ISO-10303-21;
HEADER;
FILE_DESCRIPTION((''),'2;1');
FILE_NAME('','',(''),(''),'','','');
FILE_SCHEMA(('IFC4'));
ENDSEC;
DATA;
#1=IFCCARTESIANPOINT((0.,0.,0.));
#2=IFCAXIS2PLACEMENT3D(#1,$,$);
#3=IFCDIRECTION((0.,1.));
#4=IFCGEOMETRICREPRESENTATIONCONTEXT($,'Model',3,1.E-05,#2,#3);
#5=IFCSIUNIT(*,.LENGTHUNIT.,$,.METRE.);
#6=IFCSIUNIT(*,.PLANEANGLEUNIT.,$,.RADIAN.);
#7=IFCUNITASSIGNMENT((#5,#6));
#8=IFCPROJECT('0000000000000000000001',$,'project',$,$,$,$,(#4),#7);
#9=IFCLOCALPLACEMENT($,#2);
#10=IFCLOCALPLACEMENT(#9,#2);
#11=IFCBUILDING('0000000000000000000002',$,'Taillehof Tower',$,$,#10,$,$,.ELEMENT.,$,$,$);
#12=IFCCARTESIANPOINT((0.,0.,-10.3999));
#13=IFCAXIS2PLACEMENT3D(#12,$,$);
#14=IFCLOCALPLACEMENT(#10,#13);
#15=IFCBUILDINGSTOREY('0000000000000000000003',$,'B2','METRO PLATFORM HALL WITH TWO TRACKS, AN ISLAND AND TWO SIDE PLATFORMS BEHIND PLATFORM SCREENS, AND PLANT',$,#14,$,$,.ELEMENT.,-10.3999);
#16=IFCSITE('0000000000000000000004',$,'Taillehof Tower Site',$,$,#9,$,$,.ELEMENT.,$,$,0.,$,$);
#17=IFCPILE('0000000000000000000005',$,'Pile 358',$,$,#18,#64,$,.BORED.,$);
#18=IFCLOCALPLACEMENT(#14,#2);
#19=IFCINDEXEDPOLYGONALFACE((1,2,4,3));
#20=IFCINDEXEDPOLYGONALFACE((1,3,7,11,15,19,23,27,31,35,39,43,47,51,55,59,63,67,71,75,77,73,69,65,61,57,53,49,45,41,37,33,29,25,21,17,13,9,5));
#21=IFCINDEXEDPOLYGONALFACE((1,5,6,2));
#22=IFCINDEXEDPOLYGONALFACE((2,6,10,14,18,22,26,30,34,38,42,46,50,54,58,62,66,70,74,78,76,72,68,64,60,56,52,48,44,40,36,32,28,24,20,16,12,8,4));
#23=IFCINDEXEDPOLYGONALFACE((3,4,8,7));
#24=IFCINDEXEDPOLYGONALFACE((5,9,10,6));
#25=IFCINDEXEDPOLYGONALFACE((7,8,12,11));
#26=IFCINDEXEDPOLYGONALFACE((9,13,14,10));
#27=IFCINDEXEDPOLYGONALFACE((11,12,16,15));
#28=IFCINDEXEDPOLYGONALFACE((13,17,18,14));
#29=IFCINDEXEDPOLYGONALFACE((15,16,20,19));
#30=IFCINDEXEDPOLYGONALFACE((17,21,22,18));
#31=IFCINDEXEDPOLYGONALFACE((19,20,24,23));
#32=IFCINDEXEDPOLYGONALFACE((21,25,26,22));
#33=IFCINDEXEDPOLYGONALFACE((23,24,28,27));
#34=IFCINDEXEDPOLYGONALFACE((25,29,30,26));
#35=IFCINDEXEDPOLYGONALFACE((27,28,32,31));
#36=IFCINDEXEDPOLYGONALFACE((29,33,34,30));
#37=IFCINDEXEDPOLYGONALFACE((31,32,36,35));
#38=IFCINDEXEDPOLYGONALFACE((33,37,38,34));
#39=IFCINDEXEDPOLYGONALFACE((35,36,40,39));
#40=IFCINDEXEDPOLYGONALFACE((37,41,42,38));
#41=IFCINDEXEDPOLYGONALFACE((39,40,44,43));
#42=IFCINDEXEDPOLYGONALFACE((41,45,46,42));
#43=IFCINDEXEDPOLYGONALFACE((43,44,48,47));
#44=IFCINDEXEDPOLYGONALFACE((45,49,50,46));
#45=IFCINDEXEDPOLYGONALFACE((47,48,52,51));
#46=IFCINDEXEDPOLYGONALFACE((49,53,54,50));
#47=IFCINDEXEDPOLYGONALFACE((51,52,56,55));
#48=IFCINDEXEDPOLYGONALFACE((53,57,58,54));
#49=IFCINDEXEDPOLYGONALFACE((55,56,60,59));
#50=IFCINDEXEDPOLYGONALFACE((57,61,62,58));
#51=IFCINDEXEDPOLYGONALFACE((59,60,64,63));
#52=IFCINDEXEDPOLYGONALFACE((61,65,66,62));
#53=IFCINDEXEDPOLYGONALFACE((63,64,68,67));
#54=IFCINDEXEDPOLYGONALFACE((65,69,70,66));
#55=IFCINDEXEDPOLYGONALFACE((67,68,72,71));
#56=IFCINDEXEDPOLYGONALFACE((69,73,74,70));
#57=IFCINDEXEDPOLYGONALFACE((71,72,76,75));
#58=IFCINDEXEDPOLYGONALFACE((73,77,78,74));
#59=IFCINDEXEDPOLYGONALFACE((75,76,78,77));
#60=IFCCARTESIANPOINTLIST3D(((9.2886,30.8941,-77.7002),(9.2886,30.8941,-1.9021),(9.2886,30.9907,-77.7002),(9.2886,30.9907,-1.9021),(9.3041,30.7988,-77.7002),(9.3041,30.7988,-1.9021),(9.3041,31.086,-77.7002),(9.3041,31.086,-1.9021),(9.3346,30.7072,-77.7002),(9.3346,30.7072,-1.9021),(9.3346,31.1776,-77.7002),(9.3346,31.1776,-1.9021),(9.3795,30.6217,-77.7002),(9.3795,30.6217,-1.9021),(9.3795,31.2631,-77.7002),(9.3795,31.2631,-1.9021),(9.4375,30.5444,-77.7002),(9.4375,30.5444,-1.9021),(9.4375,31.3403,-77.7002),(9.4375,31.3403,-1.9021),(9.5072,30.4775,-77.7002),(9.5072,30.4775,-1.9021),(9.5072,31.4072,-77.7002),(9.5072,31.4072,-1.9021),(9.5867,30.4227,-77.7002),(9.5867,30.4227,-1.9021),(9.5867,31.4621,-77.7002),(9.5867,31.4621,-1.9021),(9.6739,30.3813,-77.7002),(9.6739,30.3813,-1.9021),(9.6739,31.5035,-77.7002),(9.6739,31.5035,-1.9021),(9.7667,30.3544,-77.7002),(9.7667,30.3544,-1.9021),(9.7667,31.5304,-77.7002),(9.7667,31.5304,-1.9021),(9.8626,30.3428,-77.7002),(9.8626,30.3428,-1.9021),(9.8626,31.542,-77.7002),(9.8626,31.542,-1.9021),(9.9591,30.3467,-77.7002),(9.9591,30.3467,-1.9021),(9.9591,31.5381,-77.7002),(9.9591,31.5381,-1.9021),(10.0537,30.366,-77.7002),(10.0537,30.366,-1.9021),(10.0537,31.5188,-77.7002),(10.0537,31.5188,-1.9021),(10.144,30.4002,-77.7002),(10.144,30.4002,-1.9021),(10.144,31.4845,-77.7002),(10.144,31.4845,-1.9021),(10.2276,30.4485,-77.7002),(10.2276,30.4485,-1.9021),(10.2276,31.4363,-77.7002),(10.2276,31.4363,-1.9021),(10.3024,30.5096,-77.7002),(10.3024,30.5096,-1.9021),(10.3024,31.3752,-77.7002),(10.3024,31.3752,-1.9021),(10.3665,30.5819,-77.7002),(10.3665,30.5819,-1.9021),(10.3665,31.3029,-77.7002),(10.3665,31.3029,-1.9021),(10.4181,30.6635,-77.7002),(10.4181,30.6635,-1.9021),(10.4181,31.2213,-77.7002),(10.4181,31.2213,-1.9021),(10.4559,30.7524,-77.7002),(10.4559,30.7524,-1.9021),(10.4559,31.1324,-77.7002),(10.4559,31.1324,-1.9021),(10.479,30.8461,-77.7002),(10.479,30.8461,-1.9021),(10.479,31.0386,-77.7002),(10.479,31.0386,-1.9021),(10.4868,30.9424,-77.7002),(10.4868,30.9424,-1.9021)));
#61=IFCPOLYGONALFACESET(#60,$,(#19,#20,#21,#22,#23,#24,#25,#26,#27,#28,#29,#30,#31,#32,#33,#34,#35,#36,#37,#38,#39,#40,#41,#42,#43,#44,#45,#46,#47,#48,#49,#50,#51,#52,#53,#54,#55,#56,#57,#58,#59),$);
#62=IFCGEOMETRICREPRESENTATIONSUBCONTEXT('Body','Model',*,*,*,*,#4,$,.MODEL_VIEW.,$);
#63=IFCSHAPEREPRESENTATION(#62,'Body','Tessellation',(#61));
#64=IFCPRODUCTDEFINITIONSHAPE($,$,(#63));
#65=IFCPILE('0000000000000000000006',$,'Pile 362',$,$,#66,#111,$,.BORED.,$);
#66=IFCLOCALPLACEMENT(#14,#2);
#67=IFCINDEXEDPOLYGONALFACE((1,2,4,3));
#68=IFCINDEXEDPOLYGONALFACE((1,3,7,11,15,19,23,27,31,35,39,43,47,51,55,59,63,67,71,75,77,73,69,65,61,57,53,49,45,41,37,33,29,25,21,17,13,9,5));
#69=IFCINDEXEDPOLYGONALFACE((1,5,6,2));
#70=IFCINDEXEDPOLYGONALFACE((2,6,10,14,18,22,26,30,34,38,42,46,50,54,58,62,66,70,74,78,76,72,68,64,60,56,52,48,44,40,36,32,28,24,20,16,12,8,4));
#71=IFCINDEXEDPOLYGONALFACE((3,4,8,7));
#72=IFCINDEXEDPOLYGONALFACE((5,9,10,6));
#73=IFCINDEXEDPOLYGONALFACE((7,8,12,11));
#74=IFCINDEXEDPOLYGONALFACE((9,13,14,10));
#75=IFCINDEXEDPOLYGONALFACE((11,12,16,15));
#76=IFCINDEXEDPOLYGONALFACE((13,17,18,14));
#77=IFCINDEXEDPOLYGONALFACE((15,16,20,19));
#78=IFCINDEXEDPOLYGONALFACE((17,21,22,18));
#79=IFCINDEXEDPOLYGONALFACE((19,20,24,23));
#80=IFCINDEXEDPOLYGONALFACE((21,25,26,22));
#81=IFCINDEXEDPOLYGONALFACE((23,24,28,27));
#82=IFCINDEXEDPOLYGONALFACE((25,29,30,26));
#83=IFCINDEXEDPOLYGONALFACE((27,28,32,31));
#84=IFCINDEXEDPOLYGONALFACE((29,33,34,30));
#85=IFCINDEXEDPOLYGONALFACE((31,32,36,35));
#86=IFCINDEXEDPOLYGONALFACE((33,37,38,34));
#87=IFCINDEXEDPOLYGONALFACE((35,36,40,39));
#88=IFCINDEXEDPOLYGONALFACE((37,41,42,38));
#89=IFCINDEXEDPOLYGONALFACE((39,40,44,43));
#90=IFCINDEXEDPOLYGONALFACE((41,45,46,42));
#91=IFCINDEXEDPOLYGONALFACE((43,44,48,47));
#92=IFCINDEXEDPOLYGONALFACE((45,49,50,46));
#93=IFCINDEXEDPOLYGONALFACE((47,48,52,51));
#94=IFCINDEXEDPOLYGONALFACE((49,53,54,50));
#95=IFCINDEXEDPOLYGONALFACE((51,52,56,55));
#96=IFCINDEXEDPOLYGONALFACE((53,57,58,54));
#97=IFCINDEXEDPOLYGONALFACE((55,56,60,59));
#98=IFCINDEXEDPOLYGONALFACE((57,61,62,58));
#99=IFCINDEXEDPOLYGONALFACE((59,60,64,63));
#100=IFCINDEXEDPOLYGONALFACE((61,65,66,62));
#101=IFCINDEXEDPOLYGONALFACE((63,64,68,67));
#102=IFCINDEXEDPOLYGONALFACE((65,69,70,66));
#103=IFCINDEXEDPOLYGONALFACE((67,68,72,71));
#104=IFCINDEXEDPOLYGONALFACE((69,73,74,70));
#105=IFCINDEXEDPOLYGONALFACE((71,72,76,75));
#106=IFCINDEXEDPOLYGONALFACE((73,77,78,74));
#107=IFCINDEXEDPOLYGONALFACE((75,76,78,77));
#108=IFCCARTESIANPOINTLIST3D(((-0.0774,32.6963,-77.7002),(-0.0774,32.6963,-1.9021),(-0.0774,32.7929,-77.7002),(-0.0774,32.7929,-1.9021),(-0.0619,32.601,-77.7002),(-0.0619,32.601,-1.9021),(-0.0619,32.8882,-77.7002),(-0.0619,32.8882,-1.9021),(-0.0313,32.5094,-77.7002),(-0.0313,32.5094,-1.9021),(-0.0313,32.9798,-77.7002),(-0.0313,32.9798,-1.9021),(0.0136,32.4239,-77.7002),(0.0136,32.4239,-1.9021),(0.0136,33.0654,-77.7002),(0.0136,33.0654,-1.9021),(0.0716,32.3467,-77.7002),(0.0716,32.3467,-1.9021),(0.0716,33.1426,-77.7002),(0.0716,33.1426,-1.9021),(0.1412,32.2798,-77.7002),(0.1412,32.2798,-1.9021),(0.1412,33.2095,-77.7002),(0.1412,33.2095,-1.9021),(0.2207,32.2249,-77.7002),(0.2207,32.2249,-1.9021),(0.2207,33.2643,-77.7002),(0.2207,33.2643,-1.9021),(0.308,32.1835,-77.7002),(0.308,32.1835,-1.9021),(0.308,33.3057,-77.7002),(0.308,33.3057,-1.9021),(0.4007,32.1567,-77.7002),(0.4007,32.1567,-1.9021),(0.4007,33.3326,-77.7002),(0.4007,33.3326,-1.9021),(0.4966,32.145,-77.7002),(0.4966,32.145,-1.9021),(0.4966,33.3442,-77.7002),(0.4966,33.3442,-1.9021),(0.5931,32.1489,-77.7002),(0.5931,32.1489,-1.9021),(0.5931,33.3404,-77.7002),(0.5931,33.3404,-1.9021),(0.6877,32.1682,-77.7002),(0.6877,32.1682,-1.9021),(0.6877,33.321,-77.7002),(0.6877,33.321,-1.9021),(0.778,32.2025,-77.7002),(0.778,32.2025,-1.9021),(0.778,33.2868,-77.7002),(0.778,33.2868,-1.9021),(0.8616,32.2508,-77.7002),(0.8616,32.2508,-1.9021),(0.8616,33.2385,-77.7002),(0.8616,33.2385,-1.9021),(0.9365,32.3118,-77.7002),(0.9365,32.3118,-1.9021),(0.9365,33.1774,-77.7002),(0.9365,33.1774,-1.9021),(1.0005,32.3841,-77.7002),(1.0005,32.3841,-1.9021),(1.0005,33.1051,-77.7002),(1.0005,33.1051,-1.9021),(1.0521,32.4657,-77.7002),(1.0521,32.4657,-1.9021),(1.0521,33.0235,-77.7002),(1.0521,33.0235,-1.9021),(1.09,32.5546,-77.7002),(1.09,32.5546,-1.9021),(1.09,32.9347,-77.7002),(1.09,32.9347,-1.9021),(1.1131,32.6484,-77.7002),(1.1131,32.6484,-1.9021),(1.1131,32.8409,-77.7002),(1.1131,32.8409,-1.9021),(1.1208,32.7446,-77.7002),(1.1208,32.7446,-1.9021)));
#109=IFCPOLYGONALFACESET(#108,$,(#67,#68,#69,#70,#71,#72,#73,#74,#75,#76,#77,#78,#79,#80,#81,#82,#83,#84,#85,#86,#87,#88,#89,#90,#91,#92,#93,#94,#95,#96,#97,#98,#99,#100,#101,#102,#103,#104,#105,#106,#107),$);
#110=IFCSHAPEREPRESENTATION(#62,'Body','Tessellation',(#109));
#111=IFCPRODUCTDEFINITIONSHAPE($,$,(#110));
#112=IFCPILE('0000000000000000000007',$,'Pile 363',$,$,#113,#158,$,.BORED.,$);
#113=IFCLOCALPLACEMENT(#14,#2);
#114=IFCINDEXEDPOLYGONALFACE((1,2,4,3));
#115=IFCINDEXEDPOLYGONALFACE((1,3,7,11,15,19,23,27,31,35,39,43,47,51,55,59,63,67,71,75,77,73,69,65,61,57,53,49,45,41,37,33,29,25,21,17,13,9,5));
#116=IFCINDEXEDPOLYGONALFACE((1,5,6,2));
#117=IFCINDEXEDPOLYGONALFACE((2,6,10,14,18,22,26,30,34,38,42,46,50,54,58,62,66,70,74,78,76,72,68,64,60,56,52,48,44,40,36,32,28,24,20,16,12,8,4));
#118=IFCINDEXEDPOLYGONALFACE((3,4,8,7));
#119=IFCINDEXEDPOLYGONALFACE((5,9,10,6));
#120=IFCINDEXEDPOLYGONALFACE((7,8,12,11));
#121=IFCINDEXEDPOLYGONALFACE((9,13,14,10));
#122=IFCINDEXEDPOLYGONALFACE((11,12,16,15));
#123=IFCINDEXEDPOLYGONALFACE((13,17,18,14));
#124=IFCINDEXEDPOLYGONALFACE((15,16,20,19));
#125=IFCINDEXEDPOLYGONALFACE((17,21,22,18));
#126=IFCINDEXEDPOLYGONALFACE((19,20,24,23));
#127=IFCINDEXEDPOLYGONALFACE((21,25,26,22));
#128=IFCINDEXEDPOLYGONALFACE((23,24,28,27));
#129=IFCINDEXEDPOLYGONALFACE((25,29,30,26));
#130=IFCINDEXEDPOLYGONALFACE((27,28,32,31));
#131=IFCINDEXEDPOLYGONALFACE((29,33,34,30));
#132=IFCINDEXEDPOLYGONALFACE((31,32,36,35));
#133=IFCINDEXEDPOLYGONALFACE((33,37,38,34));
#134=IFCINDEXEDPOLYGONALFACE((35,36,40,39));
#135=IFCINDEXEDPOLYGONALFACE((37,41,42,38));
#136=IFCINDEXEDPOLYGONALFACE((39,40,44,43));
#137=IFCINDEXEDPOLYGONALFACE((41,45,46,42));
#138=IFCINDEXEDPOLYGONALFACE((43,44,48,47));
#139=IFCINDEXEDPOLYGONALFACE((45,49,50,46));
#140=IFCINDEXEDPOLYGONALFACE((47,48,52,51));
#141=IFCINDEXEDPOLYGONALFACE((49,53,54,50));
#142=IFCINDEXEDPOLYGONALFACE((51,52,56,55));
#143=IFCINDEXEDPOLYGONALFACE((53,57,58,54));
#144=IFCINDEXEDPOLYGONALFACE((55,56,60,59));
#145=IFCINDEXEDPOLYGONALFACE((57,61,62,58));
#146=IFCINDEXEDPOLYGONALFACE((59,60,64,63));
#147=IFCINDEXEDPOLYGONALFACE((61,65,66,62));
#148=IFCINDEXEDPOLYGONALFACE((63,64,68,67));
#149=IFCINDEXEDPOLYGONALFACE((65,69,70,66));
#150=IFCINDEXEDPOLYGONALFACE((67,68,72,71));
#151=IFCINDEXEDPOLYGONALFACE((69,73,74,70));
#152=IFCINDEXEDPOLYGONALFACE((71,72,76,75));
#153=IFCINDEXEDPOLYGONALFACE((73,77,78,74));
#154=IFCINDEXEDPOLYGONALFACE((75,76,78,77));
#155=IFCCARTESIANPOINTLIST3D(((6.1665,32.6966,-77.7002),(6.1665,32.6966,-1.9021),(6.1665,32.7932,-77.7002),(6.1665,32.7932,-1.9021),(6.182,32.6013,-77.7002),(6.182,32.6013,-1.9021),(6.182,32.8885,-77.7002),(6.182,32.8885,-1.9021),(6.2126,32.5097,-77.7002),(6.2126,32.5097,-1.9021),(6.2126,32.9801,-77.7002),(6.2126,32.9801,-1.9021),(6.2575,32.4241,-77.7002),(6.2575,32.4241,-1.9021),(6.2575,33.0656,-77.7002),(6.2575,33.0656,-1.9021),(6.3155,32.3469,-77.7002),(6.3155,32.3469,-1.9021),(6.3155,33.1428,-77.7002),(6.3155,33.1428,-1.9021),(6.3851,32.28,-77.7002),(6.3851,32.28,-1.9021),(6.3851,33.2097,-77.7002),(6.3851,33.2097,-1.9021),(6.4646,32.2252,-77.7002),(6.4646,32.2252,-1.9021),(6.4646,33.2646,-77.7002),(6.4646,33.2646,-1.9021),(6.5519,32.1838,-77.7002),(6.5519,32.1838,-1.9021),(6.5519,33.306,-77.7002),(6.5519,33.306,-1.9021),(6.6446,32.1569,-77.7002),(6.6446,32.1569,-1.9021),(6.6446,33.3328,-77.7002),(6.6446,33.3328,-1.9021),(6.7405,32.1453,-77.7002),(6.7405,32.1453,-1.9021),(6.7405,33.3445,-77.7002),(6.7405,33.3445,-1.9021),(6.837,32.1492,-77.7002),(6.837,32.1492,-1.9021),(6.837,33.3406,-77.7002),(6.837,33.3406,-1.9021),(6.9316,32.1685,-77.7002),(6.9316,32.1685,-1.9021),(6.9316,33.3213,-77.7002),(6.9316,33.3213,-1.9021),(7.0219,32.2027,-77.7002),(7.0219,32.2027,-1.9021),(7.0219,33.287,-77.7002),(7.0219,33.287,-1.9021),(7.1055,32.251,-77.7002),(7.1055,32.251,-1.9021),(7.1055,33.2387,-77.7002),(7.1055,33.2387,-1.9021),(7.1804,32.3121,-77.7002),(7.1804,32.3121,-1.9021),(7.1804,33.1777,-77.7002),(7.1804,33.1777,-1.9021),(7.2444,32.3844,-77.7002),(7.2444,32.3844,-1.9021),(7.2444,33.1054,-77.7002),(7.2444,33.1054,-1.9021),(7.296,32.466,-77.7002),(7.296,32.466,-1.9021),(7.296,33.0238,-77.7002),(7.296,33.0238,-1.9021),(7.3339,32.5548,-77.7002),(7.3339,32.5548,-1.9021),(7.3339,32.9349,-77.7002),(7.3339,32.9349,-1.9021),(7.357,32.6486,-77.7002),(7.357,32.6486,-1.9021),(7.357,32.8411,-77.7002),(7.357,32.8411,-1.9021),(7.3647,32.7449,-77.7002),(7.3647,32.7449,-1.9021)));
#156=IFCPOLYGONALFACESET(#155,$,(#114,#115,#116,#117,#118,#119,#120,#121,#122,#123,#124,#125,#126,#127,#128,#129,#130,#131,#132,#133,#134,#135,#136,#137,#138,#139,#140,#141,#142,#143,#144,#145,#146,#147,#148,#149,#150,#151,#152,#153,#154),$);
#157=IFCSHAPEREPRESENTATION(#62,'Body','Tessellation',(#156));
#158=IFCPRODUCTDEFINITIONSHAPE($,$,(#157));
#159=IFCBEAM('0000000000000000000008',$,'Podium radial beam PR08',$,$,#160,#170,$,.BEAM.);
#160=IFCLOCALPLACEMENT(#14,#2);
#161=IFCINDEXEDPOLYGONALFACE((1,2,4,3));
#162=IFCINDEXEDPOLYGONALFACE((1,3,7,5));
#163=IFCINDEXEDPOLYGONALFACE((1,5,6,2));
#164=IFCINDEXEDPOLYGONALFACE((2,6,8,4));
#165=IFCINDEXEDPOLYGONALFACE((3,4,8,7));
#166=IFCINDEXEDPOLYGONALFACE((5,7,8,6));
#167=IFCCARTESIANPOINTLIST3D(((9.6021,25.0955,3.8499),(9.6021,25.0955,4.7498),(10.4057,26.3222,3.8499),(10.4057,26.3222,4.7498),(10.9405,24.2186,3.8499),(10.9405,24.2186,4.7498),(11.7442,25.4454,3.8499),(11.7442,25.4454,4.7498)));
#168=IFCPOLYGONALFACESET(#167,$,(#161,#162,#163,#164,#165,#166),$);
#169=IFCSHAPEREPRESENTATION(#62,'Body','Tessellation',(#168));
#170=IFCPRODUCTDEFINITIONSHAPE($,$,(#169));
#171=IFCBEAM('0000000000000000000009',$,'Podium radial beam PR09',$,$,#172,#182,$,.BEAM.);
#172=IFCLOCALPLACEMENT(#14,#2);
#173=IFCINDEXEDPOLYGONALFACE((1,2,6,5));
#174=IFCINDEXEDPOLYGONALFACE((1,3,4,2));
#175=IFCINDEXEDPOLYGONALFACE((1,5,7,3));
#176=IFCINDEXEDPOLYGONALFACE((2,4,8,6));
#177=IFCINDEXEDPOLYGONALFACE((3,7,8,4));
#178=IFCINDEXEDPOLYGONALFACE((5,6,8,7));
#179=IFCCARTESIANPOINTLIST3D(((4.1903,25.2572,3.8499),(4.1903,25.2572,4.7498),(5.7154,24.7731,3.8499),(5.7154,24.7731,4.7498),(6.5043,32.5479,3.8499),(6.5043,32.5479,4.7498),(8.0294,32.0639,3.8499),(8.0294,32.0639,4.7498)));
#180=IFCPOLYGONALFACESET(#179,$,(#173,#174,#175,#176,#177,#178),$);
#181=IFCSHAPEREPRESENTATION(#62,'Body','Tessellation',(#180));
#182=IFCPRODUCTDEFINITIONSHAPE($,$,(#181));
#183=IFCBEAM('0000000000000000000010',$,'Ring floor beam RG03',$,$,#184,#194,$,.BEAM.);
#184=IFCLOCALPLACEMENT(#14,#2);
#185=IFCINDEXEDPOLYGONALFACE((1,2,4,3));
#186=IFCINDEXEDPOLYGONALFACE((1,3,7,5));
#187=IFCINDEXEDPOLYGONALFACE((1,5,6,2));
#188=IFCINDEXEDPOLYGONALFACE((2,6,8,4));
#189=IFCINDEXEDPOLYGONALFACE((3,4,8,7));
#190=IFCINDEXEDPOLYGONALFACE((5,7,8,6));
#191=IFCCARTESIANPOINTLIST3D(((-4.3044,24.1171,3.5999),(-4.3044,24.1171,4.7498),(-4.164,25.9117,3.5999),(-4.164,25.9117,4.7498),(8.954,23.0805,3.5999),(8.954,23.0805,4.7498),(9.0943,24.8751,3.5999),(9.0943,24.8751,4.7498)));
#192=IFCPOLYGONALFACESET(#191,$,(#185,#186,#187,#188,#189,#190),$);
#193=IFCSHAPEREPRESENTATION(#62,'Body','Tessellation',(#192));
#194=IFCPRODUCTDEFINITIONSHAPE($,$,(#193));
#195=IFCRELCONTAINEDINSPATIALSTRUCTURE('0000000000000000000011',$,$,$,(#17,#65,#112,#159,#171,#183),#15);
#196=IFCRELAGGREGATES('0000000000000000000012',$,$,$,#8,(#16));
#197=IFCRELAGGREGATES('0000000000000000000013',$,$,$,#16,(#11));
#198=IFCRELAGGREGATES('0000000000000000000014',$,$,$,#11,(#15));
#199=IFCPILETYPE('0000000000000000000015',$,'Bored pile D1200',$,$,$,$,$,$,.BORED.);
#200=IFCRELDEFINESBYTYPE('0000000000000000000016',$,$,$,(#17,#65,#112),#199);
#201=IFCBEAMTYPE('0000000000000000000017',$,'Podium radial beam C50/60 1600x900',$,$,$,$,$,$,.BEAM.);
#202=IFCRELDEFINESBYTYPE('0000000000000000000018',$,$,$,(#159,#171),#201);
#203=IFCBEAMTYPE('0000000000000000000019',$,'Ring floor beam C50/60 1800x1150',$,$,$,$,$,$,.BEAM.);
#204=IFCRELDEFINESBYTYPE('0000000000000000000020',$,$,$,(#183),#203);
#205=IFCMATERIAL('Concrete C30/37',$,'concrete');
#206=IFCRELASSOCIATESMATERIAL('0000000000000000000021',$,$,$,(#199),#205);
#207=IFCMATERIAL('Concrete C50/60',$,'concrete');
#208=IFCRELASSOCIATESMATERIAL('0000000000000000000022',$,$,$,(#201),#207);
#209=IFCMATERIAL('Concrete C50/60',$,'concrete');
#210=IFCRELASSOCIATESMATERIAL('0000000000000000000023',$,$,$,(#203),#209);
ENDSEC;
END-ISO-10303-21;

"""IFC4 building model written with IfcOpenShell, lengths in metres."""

from ifc_helpers import new_model, si_unit, direction, frame, origin, origin_2d, place, context, subcontext, project, spatial, rectangle, circle, extrude, material, material_profile, profile_set, type_object, element, save


model = new_model("IFC4")

# Units and contexts
model_context = context("Model", 3, precision=1e-05, world=origin(), true_north=direction((0.0, 1.0)))
body_context = subcontext(model_context, "Body", "Model", "MODEL_VIEW")
ifc_project = project(units=[si_unit("LENGTHUNIT", "METRE"), si_unit("PLANEANGLEUNIT", "RADIAN")], contexts=[model_context])

# Site, building, storey
site_placement = place(None, origin())
site = spatial("IfcSite", under=ifc_project, at=site_placement, Name="Taillehof Tower Site", CompositionType="ELEMENT", RefElevation=0.0)
building_placement = place(site_placement, origin())
building = spatial("IfcBuilding", under=site, at=building_placement, Name="Taillehof Tower", CompositionType="ELEMENT")
storey_placement = place(building_placement, frame((0.0, 0.0, -10.3999)))
storey = spatial("IfcBuildingStorey", under=building, at=storey_placement, Name="B2", Description="METRO PLATFORM HALL WITH TWO TRACKS, AN ISLAND AND TWO SIDE PLATFORMS BEHIND PLATFORM SCREENS, AND PLANT", CompositionType="ELEMENT", Elevation=-10.3999)

# Piles
ifc_material_1 = material(Name="Concrete C30/37", Category="concrete")
ifc_material_profile_1 = material_profile(ifc_material_1, circle(Radius=0.6001, at=origin_2d()), Name="BP D1200")
ifc_profile_set_1 = profile_set([ifc_material_profile_1], Name="Concrete C30/37")
pile_type = type_object("IfcPileType", Name="Bored pile D1200", PredefinedType="BORED", material=ifc_profile_set_1)
for number, where, z_axis, x_axis, name in (
    (1, (9.8867, 30.9424, -1.9021), (0.0, 0.0, -1.0), (1.0, 0.0, 0.0), "Pile 358"),
    (2, (0.5208, 32.7446, -1.9021), (0.0, 0.0, -1.0), (1.0, 0.0, 0.0), "Pile 362"),
    (3, (6.7646, 32.7449, -1.9021), (0.0, 0.0, -1.0), (1.0, 0.0, 0.0), "Pile 363"),
):
    element("IfcPile", number, at=place(storey_placement, frame(where, z_axis=z_axis, x_axis=x_axis)), inside=storey, type_object=pile_type, Name=name, PredefinedType="BORED", context=body_context, shape_type="SweptSolid", body=[
        extrude(circle(Radius=0.6001, at=origin_2d()), origin(), (0.0, 0.0, 1.0), 75.7981),
    ])

# Beams
ifc_material_2 = material(Name="Concrete C50/60", Category="concrete")
ifc_material_profile_2 = material_profile(ifc_material_2, rectangle(XDim=1.6001, YDim=0.8999, at=origin_2d()), Name="RC 1600x900")
ifc_profile_set_2 = profile_set([ifc_material_profile_2], Name="Concrete C50/60")
beam_type_1 = type_object("IfcBeamType", Name="Podium radial beam C50/60 1600x900", PredefinedType="BEAM", material=ifc_profile_set_2)
beam_1_placement = place(storey_placement, frame((11.075, 25.8838, 4.2998), z_axis=(-0.547998, -0.83648, 0.0), x_axis=(0.83648, -0.547998, 0.0)))
element("IfcBeam", 4, at=beam_1_placement, inside=storey, type_object=beam_type_1, Name="Podium radial beam PR08", PredefinedType="BEAM", context=body_context, shape_type="SweptSolid", body=[
    extrude(rectangle(XDim=1.6001, YDim=0.8999, at=origin_2d()), origin(), (0.0, 0.0, 1.0), 1.4666),
])
beam_2_placement = place(storey_placement, frame((7.2668, 32.3059, 4.2998), z_axis=(-0.302512, -0.953146, 0.0), x_axis=(0.953146, -0.302512, 0.0)))
element("IfcBeam", 5, at=beam_2_placement, inside=storey, type_object=beam_type_1, Name="Podium radial beam PR09", PredefinedType="BEAM", context=body_context, shape_type="SweptSolid", body=[
    extrude(rectangle(XDim=1.6001, YDim=0.8999, at=origin_2d()), origin(), (0.0, 0.0, 1.0), 7.6492),
])
ifc_material_3 = material(Name="Concrete C50/60", Category="concrete")
ifc_material_profile_3 = material_profile(ifc_material_3, rectangle(XDim=1.8, YDim=1.1499, at=origin_2d()), Name="RC 1800x1150")
ifc_profile_set_3 = profile_set([ifc_material_profile_3], Name="Concrete C50/60")
beam_type_2 = type_object("IfcBeamType", Name="Ring floor beam C50/60 1800x1150", PredefinedType="BEAM", material=ifc_profile_set_3)
beam_3_placement = place(storey_placement, frame((9.0242, 23.9778, 4.1748), z_axis=(-0.996957, 0.077949, 0.0), x_axis=(-0.077949, -0.996957, 0.0)))
element("IfcBeam", 6, at=beam_3_placement, inside=storey, type_object=beam_type_2, Name="Ring floor beam RG03", PredefinedType="BEAM", context=body_context, shape_type="SweptSolid", body=[
    extrude(rectangle(XDim=1.8, YDim=1.1499, at=origin_2d()), origin(), (0.0, 0.0, 1.0), 13.2988),
])

save(model, "model.ifc")
